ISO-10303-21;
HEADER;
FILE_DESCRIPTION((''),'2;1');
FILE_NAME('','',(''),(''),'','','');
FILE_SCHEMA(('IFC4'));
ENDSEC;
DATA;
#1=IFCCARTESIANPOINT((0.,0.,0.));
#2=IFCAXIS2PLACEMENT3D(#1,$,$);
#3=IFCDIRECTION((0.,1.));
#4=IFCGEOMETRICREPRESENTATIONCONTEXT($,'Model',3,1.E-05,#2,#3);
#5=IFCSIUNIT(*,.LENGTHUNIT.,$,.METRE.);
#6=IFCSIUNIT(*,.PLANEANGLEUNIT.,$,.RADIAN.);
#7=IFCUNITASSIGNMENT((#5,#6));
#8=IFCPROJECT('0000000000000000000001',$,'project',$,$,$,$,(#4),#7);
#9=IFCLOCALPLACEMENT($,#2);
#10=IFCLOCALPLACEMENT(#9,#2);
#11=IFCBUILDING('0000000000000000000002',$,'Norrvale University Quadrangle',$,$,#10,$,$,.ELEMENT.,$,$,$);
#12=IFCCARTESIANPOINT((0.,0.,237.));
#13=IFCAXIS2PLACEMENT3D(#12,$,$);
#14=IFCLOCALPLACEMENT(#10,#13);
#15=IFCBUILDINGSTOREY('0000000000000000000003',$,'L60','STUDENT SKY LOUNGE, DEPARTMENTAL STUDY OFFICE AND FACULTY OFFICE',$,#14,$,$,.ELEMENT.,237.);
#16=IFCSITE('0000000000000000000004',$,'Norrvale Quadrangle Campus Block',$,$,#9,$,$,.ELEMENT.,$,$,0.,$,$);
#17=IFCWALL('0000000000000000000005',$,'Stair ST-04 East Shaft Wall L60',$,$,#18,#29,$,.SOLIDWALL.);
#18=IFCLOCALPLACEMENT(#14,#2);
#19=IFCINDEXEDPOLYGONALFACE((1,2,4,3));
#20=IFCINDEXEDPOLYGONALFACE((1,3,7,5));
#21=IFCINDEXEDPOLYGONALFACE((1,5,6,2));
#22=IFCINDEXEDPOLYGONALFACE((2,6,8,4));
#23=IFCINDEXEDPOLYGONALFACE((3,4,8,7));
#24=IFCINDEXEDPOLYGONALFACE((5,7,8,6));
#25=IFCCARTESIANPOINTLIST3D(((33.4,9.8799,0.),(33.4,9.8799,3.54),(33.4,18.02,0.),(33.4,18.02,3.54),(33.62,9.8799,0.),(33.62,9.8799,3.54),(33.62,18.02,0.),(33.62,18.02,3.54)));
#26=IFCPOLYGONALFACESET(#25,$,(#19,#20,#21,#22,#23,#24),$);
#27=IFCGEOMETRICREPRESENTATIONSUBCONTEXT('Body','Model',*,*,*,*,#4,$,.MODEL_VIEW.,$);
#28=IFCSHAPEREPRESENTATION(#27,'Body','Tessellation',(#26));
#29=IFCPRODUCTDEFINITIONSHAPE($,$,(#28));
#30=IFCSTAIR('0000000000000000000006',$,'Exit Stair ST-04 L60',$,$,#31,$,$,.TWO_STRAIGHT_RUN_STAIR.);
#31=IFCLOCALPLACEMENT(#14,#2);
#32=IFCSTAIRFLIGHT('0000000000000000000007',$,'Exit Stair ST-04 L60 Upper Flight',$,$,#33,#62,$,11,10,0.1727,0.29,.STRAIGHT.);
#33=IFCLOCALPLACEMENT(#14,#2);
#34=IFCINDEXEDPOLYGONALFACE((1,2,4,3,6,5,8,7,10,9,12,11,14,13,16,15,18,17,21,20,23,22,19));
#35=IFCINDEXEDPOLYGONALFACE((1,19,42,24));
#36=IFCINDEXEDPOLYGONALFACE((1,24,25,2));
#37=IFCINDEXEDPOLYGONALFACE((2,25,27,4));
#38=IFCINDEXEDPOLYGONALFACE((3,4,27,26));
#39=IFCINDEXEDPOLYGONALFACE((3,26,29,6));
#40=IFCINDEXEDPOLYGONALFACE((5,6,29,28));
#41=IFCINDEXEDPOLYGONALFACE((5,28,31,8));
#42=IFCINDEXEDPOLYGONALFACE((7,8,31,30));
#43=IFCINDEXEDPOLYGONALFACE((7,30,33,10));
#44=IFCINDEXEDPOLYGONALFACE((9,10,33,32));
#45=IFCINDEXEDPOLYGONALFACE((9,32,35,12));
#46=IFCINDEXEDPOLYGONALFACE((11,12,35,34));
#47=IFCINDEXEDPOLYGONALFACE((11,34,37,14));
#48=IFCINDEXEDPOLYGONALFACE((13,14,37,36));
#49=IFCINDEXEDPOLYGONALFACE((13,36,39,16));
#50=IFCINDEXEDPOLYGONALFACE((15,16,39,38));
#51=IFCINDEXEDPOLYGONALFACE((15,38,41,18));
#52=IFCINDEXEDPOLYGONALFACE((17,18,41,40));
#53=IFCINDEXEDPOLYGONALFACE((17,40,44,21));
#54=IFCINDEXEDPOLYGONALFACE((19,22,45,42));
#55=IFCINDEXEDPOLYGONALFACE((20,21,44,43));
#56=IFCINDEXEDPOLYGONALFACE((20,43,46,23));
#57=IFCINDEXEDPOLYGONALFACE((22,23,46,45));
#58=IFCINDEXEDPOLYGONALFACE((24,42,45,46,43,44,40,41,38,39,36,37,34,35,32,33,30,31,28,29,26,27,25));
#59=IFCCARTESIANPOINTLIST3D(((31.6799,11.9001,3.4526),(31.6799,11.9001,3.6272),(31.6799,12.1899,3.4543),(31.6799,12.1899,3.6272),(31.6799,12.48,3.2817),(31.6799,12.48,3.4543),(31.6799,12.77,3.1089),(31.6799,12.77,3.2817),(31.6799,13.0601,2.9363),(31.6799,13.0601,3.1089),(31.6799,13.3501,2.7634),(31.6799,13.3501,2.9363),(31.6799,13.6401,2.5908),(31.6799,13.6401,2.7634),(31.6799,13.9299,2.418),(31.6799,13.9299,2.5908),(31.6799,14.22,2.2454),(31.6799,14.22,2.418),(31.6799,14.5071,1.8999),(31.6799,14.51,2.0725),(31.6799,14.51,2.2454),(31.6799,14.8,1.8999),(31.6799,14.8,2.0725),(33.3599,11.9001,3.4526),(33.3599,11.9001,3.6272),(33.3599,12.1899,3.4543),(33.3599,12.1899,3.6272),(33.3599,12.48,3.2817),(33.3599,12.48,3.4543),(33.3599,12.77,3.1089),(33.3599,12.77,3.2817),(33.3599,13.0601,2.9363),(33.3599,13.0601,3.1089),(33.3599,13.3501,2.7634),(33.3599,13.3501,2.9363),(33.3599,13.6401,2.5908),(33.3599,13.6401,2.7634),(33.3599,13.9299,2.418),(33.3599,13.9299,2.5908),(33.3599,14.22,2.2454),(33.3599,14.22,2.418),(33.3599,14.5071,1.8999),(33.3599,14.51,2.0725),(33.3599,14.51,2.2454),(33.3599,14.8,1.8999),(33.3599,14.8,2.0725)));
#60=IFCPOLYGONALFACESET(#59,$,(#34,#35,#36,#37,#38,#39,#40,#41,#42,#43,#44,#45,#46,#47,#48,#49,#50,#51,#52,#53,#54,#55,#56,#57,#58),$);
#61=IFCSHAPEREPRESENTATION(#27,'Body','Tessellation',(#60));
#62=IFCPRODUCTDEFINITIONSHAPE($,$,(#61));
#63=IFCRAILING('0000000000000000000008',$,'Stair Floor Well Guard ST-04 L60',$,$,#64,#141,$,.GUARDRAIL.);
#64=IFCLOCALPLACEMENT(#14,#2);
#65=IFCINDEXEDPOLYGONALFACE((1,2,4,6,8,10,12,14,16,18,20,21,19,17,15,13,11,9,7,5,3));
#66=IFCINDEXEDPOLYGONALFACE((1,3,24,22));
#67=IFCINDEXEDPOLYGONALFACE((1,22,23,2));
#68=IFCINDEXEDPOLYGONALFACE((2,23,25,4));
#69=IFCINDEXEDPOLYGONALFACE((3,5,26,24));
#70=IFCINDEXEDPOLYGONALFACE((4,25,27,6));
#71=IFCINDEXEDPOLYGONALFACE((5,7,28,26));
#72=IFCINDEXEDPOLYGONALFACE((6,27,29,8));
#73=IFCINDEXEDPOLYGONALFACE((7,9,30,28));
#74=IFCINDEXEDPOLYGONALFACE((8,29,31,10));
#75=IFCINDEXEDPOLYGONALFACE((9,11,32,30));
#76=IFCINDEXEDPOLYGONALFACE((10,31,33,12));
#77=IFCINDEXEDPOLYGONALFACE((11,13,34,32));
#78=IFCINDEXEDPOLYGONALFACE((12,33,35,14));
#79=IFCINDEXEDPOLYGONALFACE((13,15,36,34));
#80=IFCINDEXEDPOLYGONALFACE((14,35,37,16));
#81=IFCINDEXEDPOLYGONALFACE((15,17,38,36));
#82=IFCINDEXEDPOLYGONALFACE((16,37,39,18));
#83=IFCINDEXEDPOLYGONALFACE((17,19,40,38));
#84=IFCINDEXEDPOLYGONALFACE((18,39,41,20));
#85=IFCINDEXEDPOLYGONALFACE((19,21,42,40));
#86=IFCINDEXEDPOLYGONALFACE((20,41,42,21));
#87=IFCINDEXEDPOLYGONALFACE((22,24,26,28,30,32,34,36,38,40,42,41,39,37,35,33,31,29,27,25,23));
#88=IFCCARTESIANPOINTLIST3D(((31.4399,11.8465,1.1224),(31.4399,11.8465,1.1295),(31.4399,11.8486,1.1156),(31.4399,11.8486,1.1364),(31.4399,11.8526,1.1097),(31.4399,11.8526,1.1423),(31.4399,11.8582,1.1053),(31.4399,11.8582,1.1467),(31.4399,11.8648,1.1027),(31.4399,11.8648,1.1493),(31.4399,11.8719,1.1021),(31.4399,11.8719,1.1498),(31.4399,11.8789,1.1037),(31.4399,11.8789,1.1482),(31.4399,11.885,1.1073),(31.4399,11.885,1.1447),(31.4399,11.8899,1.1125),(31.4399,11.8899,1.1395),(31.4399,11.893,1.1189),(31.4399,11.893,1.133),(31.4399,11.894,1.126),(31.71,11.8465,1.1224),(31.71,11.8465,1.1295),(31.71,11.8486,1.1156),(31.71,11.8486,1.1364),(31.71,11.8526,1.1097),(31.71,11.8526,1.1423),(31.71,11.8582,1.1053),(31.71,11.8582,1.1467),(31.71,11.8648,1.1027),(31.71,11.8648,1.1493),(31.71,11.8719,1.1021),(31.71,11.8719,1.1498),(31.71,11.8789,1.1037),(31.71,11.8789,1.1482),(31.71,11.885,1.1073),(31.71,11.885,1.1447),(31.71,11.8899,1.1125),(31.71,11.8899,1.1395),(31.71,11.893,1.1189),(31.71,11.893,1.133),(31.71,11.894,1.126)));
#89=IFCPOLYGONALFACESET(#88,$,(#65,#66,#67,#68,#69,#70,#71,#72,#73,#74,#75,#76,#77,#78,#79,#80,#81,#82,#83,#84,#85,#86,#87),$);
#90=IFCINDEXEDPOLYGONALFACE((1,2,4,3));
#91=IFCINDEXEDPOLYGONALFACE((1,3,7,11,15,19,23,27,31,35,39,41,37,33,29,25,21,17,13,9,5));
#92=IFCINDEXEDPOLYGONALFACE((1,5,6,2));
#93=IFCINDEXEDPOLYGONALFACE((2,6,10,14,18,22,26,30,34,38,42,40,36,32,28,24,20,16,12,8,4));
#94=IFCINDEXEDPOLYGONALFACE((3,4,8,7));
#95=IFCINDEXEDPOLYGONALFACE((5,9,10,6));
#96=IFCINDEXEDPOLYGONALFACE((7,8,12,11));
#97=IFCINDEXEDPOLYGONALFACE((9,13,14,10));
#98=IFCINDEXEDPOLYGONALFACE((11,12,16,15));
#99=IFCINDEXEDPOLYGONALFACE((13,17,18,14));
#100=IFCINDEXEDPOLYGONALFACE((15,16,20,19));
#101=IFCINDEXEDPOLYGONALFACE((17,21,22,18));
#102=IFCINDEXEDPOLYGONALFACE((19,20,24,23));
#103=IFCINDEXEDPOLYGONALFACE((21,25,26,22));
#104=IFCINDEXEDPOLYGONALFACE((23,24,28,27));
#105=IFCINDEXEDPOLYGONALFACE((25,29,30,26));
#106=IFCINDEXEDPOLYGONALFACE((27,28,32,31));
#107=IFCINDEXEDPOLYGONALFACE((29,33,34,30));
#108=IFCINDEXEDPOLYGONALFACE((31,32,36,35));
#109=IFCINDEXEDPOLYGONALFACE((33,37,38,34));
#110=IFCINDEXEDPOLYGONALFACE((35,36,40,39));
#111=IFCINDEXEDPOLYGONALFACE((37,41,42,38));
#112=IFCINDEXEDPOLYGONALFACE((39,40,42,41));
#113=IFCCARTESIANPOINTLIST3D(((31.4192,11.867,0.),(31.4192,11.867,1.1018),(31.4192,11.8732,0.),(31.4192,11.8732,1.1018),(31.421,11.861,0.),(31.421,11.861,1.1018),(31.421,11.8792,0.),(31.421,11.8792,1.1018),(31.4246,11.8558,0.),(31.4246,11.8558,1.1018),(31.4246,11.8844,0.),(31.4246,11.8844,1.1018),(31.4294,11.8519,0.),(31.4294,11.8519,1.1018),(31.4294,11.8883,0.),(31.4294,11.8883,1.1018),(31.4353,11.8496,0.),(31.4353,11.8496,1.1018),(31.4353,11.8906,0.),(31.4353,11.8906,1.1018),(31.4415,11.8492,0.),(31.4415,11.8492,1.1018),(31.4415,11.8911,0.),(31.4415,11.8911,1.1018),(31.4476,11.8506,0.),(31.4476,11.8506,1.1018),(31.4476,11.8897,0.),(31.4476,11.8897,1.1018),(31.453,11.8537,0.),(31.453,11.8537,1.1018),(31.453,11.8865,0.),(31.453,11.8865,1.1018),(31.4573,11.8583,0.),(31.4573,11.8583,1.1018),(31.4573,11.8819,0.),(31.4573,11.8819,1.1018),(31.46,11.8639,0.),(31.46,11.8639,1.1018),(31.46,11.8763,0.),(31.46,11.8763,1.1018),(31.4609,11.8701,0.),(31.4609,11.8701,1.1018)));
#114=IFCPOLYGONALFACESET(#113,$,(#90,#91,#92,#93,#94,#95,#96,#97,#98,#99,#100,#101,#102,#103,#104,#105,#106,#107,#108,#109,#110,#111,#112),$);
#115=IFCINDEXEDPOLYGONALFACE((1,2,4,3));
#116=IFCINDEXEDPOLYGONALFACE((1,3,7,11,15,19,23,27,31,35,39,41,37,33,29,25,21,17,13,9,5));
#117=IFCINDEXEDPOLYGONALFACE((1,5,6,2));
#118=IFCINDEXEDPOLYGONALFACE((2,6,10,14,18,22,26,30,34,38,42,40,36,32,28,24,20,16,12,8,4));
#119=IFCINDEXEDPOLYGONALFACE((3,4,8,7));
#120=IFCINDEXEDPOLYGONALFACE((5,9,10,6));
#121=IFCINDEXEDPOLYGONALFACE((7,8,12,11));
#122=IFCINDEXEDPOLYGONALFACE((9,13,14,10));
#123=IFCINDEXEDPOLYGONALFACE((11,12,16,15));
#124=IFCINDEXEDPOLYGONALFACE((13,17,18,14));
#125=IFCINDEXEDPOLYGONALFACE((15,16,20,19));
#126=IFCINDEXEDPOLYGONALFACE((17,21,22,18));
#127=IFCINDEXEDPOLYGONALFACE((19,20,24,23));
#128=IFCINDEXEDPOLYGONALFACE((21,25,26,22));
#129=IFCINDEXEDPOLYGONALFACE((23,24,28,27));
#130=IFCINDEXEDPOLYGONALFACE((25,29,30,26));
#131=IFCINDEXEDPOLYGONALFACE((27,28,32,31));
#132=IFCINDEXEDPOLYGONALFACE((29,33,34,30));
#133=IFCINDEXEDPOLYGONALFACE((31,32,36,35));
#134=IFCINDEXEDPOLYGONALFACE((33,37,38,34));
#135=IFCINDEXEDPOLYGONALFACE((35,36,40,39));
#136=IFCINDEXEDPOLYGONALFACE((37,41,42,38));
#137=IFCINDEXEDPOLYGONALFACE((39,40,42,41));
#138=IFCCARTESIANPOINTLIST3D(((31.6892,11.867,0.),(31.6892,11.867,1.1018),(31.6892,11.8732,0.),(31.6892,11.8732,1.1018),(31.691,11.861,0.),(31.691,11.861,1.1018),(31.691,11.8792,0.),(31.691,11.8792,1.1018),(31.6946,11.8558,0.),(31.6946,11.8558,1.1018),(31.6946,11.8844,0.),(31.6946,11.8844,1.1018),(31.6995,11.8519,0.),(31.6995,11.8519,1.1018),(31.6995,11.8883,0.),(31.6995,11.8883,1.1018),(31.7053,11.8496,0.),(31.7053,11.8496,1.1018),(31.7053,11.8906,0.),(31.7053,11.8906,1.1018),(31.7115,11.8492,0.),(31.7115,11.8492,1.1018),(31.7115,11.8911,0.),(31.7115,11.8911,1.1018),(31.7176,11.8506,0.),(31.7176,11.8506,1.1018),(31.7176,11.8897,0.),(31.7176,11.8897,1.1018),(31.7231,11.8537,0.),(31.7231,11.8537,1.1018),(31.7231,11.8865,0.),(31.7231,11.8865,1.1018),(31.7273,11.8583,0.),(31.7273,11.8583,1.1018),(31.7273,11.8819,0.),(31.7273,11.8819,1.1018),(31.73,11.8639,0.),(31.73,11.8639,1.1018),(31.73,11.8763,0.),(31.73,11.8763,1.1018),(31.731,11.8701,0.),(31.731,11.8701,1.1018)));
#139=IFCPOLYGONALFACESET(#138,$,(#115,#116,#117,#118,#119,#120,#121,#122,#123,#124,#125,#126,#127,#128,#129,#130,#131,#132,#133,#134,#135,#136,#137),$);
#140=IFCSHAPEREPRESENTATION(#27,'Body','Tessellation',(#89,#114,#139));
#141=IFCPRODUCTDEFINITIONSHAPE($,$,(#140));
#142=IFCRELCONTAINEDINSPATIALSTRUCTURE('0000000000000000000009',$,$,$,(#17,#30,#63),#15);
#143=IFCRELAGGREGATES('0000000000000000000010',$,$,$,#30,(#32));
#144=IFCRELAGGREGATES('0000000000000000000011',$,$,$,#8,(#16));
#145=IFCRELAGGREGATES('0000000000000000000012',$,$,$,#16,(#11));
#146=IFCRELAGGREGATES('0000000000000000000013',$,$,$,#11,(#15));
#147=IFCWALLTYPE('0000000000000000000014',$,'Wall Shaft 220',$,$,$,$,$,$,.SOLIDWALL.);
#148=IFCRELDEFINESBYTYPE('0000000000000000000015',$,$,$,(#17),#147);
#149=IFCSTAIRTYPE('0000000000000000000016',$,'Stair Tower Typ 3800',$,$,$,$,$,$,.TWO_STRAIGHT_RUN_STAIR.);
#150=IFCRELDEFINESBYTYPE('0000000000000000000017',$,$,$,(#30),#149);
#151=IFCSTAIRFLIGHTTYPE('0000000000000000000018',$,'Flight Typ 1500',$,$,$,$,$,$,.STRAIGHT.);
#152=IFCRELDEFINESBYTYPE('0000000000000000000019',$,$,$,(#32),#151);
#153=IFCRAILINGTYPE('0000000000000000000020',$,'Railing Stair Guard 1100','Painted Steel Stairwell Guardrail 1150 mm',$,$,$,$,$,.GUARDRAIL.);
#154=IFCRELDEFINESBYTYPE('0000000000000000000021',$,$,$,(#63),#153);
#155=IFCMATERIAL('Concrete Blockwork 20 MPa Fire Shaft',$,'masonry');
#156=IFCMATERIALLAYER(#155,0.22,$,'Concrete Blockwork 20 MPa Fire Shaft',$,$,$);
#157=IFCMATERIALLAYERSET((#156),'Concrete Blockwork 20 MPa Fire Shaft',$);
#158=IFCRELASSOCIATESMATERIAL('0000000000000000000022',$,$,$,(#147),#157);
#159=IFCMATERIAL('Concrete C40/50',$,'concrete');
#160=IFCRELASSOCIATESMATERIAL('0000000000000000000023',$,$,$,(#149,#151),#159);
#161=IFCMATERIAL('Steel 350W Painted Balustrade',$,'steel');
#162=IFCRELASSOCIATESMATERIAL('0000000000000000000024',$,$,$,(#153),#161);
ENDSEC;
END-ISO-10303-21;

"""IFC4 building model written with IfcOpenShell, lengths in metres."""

from ifc_helpers import new_model, si_unit, direction, frame, frame_2d, origin, origin_2d, place, context, subcontext, project, spatial, polyline, rectangle, circle, outline, extrude, material, layer, layer_set, type_object, element, aggregate, save


model = new_model("IFC4")

# Units and contexts
model_context = context("Model", 3, precision=1e-05, world=origin(), true_north=direction((0.0, 1.0)))
body_context = subcontext(model_context, "Body", "Model", "MODEL_VIEW")
ifc_project = project(units=[si_unit("LENGTHUNIT", "METRE"), si_unit("PLANEANGLEUNIT", "RADIAN")], contexts=[model_context])

# Site, building, storey
site_placement = place(None, origin())
site = spatial("IfcSite", under=ifc_project, at=site_placement, Name="Norrvale Quadrangle Campus Block", CompositionType="ELEMENT", RefElevation=0.0)
building_placement = place(site_placement, origin())
building = spatial("IfcBuilding", under=site, at=building_placement, Name="Norrvale University Quadrangle", CompositionType="ELEMENT")
storey_placement = place(building_placement, frame((0.0, 0.0, 237.0)))
storey = spatial("IfcBuildingStorey", under=building, at=storey_placement, Name="L60", Description="STUDENT SKY LOUNGE, DEPARTMENTAL STUDY OFFICE AND FACULTY OFFICE", CompositionType="ELEMENT", Elevation=237.0)

# Wall
ifc_material_1 = material(Name="Concrete Blockwork 20 MPa Fire Shaft", Category="masonry")
ifc_layer = layer(ifc_material_1, 0.22, Name="Concrete Blockwork 20 MPa Fire Shaft")
ifc_layer_set = layer_set([ifc_layer], Name="Concrete Blockwork 20 MPa Fire Shaft")
wall_type = type_object("IfcWallType", Name="Wall Shaft 220", PredefinedType="SOLIDWALL", material=ifc_layer_set)
wall_placement = place(storey_placement, frame((33.51, 9.8799, 0.0), z_axis=(0.0, 0.0, 1.0), x_axis=(0.0, 1.0, 0.0)))
element("IfcWall", 1, at=wall_placement, inside=storey, type_object=wall_type, Name="Stair ST-04 East Shaft Wall L60", PredefinedType="SOLIDWALL", context=body_context, shape_type="SweptSolid", body=[
    extrude(rectangle(XDim=8.1401, YDim=0.22, at=frame_2d((4.0701, 0.0))), origin(), (0.0, 0.0, 1.0), 3.54),
])

# Stair, stair flight
ifc_material_2 = material(Name="Concrete C40/50", Category="concrete")
stair_type = type_object("IfcStairType", Name="Stair Tower Typ 3800", PredefinedType="TWO_STRAIGHT_RUN_STAIR", material=ifc_material_2)
stair_placement = place(storey_placement, origin())
stair = element("IfcStair", 2, at=stair_placement, inside=storey, type_object=stair_type, Name="Exit Stair ST-04 L60", PredefinedType="TWO_STRAIGHT_RUN_STAIR")
stair_flight_type = type_object("IfcStairFlightType", Name="Flight Typ 1500", PredefinedType="STRAIGHT", material=ifc_material_2)
stair_flight_placement = place(storey_placement, frame((32.52, 14.8, 1.8999), z_axis=(0.0, 0.0, 1.0), x_axis=(0.0, -1.0, 0.0)))
stair_flight = element("IfcStairFlight", 3, at=stair_flight_placement, type_object=stair_flight_type, Name="Exit Stair ST-04 L60 Upper Flight", NumberOfRisers=11, NumberOfTreads=10, PredefinedType="STRAIGHT", RiserHeight=0.1727, TreadLength=0.29, context=body_context, shape_type="SweptSolid", body=[
    extrude(outline(polyline([(0.0, 0.0), (0.0, 0.1726), (0.29, 0.1726), (0.29, 0.3455), (0.5801, 0.3455), (0.5801, 0.5181), (0.8701, 0.5181), (0.8701, 0.6909), (1.1599, 0.6909), (1.1599, 0.8635), (1.45, 0.8635), (1.45, 1.0364), (1.74, 1.0364), (1.74, 1.209), (2.03, 1.209), (2.03, 1.3818), (2.3201, 1.3818), (2.3201, 1.5544), (2.6101, 1.5544), (2.6101, 1.7273), (2.8999, 1.7273), (2.8999, 1.8999), (2.8999, 1.5527), (0.293, 0.0), (0.0, 0.0)])), frame((0.0, 0.8398, 0.0), z_axis=(0.0, -1.0, 0.0), x_axis=(1.0, 0.0, 0.0)), (0.0, 0.0, 1.0), 1.6799),
])
aggregate(stair, [stair_flight])

# Railing
ifc_material_3 = material(Name="Steel 350W Painted Balustrade", Category="steel")
railing_type_1 = type_object("IfcRailingType", Name="Railing Stair Guard 1100", Description="Painted Steel Stairwell Guardrail 1150 mm", PredefinedType="GUARDRAIL", material=ifc_material_3)
for number, where, name in (
    (4, (31.4399, 11.8701, 0.0), "Stair Floor Well Guard ST-04 L60"),
):
    element("IfcRailing", number, at=place(storey_placement, frame(where)), inside=storey, type_object=railing_type_1, Name=name, PredefinedType="GUARDRAIL", context=body_context, shape_type="SweptSolid", body=[
        extrude(circle(Radius=0.0239, at=origin_2d()), frame((0.0, 0.0, 1.126), z_axis=(1.0, 0.0, 0.0), x_axis=(0.0, 1.0, 0.0)), (0.0, 0.0, 1.0), 0.27),
        extrude(circle(Radius=0.021, at=origin_2d()), origin(), (0.0, 0.0, 1.0), 1.1018),
        extrude(circle(Radius=0.021, at=origin_2d()), frame((0.27, 0.0, 0.0)), (0.0, 0.0, 1.0), 1.1018),
    ])

save(model, "model.ifc")
